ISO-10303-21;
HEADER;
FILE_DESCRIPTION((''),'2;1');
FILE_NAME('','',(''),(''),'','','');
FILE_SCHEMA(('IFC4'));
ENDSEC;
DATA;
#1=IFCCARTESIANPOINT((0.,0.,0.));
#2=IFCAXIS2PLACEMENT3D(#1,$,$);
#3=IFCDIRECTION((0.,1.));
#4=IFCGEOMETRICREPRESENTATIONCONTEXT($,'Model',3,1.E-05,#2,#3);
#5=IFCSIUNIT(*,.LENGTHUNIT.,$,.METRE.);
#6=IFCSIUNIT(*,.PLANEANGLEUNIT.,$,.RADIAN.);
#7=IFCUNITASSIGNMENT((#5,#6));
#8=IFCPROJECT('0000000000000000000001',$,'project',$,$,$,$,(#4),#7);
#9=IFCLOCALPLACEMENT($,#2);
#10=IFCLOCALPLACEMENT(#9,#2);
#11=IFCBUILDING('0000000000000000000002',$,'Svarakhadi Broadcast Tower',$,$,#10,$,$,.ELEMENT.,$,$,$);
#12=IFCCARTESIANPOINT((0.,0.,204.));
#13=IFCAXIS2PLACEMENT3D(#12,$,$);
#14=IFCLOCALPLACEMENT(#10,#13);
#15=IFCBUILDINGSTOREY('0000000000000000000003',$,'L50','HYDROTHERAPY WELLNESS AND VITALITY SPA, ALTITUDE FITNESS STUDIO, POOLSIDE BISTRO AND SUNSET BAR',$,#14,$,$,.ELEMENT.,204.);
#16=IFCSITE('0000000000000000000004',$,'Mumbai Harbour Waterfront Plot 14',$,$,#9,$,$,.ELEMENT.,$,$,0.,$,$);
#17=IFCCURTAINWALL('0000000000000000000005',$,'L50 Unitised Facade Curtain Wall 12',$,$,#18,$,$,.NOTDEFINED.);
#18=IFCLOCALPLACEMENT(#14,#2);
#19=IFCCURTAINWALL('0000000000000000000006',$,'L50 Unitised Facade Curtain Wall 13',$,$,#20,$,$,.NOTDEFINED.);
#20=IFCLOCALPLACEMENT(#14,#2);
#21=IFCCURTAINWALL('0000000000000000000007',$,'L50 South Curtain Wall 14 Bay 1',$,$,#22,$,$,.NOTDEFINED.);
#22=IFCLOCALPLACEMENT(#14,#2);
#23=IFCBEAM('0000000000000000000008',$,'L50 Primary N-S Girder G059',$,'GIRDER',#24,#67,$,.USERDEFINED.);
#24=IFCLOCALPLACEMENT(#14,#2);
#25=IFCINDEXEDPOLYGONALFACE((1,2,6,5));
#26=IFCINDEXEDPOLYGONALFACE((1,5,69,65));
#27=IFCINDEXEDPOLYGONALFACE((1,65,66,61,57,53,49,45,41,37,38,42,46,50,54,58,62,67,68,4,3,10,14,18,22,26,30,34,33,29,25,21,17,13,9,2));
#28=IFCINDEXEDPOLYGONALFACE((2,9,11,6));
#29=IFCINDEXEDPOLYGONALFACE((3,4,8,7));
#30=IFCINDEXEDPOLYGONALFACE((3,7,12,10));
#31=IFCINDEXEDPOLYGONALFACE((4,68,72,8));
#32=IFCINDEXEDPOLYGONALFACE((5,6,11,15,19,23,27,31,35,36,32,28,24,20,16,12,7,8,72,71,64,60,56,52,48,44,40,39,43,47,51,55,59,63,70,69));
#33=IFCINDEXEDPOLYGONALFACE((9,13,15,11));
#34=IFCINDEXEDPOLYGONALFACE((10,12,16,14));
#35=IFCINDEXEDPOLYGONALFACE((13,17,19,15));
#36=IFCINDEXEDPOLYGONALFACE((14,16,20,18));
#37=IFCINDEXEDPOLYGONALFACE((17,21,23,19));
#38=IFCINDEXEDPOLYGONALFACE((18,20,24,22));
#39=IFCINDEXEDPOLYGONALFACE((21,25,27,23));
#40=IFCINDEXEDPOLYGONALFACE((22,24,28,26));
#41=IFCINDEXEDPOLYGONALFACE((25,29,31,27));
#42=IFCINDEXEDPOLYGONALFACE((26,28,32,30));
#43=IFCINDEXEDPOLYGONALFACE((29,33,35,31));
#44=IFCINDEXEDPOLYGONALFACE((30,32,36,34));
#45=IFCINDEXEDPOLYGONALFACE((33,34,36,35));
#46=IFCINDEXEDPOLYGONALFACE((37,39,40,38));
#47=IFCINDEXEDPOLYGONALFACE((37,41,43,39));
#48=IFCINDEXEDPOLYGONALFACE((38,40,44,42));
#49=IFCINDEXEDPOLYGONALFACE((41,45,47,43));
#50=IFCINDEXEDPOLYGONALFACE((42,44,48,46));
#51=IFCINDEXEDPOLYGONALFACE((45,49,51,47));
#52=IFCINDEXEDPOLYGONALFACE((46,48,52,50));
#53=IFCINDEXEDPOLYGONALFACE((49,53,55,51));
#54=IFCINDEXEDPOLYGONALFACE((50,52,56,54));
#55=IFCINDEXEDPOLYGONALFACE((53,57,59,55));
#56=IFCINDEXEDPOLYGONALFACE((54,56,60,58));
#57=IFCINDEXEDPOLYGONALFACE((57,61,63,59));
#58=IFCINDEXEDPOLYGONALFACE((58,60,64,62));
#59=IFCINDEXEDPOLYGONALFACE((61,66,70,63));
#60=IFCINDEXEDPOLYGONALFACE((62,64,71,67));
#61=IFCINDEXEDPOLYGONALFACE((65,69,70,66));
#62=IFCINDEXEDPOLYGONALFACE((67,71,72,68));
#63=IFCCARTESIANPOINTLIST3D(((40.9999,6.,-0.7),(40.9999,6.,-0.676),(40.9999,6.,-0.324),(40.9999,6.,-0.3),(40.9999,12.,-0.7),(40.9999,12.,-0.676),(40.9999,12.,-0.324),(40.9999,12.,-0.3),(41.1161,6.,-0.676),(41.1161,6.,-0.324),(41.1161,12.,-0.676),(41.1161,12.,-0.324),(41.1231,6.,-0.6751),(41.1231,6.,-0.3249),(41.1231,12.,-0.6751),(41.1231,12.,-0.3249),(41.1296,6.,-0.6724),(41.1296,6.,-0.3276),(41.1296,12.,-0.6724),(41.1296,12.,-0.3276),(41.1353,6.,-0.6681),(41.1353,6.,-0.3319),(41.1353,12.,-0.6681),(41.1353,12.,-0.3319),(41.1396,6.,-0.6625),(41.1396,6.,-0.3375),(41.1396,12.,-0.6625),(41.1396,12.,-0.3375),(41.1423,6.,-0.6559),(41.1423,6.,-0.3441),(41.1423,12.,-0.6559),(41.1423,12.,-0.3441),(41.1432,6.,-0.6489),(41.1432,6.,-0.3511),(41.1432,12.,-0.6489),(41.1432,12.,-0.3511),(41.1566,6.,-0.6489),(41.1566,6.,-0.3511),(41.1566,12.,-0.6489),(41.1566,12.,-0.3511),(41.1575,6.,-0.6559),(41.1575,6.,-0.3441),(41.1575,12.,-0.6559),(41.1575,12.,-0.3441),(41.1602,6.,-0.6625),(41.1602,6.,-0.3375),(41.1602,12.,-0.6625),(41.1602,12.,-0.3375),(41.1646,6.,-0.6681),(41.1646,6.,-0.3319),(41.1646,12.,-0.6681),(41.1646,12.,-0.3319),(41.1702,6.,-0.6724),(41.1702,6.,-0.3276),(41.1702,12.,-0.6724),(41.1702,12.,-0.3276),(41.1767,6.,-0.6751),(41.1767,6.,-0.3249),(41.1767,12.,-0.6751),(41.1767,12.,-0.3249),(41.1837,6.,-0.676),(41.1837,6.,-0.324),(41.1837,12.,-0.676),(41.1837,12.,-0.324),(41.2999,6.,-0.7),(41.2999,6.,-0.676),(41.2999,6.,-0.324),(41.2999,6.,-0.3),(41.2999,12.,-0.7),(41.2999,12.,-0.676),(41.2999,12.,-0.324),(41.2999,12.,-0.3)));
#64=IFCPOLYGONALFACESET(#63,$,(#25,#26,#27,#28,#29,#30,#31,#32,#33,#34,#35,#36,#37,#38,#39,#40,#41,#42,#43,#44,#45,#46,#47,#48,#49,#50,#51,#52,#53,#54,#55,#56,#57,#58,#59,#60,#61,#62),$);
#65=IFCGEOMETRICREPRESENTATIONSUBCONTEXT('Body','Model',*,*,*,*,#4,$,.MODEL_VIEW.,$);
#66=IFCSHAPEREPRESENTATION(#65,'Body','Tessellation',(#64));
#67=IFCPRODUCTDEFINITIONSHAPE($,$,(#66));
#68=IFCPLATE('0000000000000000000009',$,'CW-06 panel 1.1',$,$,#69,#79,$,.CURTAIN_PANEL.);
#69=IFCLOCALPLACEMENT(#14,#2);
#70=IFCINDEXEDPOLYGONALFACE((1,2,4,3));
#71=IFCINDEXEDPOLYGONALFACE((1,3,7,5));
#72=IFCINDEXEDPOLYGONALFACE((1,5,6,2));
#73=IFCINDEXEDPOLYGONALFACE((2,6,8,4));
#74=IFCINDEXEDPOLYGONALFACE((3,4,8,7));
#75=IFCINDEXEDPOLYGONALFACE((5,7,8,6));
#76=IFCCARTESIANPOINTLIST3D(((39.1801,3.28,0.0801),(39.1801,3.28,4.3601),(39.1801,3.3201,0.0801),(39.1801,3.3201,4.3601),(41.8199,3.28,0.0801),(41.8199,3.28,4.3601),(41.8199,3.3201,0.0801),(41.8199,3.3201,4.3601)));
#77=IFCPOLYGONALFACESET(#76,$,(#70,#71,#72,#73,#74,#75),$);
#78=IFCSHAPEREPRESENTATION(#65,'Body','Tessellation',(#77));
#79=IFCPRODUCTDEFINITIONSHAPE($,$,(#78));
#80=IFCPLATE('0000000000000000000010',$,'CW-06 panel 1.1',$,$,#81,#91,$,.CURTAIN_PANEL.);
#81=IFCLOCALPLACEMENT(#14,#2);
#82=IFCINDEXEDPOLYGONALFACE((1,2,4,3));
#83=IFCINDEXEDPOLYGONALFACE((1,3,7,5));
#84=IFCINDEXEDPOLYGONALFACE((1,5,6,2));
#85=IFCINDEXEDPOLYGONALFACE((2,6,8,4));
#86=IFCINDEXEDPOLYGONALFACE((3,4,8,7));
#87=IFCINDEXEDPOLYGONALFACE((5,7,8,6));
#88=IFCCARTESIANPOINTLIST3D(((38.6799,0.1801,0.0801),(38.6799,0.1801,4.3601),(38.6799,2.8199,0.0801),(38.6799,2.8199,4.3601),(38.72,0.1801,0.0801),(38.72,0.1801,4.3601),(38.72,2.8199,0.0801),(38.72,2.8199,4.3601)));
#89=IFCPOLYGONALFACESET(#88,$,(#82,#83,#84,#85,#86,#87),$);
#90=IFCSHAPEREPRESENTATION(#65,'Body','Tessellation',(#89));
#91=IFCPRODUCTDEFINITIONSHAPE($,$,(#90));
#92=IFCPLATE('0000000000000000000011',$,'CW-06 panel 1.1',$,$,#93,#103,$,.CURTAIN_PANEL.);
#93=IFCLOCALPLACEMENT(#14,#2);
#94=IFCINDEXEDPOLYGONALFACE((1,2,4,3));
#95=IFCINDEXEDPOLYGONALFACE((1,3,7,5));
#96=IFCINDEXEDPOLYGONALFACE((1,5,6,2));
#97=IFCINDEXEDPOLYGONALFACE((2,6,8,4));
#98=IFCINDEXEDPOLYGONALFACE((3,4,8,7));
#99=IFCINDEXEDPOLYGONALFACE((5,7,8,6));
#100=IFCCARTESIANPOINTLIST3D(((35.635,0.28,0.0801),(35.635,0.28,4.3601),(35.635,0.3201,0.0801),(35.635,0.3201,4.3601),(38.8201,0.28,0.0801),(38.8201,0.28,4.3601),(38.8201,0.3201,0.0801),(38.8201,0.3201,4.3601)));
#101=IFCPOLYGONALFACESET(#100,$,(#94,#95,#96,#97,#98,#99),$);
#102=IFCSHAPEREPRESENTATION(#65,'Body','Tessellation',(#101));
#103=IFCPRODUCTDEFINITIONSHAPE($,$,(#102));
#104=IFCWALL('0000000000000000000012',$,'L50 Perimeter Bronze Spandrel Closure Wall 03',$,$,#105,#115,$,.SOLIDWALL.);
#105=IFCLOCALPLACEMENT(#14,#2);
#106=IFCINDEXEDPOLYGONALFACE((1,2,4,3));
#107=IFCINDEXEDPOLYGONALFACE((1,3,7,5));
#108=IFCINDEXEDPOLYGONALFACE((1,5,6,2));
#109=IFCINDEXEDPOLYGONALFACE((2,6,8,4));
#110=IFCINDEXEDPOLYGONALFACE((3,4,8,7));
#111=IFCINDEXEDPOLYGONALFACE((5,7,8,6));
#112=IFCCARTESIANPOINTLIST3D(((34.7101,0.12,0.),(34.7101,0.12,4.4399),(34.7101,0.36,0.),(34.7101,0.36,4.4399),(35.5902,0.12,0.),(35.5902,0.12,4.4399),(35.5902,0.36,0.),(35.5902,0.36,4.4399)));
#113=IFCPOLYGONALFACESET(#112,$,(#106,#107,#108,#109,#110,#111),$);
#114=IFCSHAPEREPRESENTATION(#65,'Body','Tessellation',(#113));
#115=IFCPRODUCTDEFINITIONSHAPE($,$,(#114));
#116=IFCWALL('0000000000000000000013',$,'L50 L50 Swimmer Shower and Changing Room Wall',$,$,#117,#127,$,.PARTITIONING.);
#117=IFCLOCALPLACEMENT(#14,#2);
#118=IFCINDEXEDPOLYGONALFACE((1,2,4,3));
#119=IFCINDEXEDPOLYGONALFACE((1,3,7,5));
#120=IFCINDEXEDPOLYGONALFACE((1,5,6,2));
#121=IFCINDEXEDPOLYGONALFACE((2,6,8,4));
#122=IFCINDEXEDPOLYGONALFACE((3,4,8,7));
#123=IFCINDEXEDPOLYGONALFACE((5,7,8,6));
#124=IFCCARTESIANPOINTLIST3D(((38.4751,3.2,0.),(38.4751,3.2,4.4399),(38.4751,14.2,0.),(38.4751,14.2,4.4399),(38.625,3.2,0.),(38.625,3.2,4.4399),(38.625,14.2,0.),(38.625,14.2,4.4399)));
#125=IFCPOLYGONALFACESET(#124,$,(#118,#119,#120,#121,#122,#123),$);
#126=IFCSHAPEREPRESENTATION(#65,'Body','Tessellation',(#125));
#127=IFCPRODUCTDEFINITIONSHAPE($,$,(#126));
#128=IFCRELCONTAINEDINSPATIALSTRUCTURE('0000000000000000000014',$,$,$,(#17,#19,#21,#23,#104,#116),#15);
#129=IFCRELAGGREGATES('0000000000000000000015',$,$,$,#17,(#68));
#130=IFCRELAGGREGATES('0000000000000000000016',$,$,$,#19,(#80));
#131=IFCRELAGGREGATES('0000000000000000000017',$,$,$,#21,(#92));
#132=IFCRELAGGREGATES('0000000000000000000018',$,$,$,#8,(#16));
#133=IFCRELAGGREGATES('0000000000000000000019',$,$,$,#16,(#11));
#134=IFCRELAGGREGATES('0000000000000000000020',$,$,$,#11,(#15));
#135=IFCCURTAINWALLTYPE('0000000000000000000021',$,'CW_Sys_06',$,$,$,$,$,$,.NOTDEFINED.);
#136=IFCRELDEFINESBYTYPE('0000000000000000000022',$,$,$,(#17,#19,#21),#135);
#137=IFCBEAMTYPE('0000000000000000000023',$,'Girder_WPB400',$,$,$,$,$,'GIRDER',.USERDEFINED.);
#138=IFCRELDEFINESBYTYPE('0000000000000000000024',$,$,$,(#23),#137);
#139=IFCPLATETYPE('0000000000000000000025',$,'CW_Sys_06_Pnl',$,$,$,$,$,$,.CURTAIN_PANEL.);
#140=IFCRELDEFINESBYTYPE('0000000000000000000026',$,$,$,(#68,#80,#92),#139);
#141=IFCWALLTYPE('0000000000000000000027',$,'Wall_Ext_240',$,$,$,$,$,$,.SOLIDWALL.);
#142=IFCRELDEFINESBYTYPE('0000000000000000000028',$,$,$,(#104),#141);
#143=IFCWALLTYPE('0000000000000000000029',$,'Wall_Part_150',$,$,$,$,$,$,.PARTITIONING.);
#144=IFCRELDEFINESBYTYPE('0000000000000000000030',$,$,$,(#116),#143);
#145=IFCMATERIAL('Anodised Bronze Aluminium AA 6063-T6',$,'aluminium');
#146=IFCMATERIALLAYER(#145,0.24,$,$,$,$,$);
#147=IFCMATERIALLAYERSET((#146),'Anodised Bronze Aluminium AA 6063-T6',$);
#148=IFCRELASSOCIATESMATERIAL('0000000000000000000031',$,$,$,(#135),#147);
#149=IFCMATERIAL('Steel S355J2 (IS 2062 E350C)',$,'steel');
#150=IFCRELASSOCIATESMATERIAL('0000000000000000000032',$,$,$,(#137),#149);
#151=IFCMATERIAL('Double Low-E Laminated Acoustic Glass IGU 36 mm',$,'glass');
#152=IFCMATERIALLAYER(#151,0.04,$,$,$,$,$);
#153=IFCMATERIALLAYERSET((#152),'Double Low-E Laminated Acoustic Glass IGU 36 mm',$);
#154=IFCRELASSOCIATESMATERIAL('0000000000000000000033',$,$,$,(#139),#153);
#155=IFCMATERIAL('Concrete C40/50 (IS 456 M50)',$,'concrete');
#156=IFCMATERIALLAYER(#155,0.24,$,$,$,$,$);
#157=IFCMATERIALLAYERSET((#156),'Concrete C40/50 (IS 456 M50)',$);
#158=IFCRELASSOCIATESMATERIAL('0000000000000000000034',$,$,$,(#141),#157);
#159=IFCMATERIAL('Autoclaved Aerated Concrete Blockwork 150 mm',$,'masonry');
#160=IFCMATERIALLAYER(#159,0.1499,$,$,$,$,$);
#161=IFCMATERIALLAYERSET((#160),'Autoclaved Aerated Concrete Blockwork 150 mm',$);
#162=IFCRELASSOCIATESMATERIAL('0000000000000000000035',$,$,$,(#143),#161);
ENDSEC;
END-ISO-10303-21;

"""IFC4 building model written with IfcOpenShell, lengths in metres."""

from ifc_helpers import new_model, si_unit, direction, frame, frame_2d, origin, origin_2d, place, context, subcontext, project, spatial, rectangle, i_section, extrude, material, layer, layer_set, material_profile, profile_set, type_object, element, aggregate, save


model = new_model("IFC4")

# Units and contexts
model_context = context("Model", 3, precision=1e-05, world=origin(), true_north=direction((0.0, 1.0)))
body_context = subcontext(model_context, "Body", "Model", "MODEL_VIEW")
ifc_project = project(units=[si_unit("LENGTHUNIT", "METRE"), si_unit("PLANEANGLEUNIT", "RADIAN")], contexts=[model_context])

# Site, building, storey
site_placement = place(None, origin())
site = spatial("IfcSite", under=ifc_project, at=site_placement, Name="Mumbai Harbour Waterfront Plot 14", CompositionType="ELEMENT", RefElevation=0.0)
building_placement = place(site_placement, origin())
building = spatial("IfcBuilding", under=site, at=building_placement, Name="Svarakhadi Broadcast Tower", CompositionType="ELEMENT")
storey_placement = place(building_placement, frame((0.0, 0.0, 204.0)))
storey = spatial("IfcBuildingStorey", under=building, at=storey_placement, Name="L50", Description="HYDROTHERAPY WELLNESS AND VITALITY SPA, ALTITUDE FITNESS STUDIO, POOLSIDE BISTRO AND SUNSET BAR", CompositionType="ELEMENT", Elevation=204.0)

# Shared definitions
ifc_material_1 = material(Name="Steel S355J2 (IS 2062 E350C)", Category="steel")

# Curtain walls
ifc_material_2 = material(Name="Anodised Bronze Aluminium AA 6063-T6", Category="aluminium")
ifc_layer_1 = layer(ifc_material_2, 0.24)
ifc_layer_set_1 = layer_set([ifc_layer_1], Name="Anodised Bronze Aluminium AA 6063-T6")
curtain_wall_type = type_object("IfcCurtainWallType", Name="CW_Sys_06", PredefinedType="NOTDEFINED", material=ifc_layer_set_1)
curtain_wall_1_placement = place(storey_placement, origin())
curtain_wall_1 = element("IfcCurtainWall", 1, at=curtain_wall_1_placement, inside=storey, type_object=curtain_wall_type, Name="L50 Unitised Facade Curtain Wall 12", PredefinedType="NOTDEFINED")
curtain_wall_2_placement = place(storey_placement, origin())
curtain_wall_2 = element("IfcCurtainWall", 2, at=curtain_wall_2_placement, inside=storey, type_object=curtain_wall_type, Name="L50 Unitised Facade Curtain Wall 13", PredefinedType="NOTDEFINED")
curtain_wall_3_placement = place(storey_placement, origin())
curtain_wall_3 = element("IfcCurtainWall", 3, at=curtain_wall_3_placement, inside=storey, type_object=curtain_wall_type, Name="L50 South Curtain Wall 14 Bay 1", PredefinedType="NOTDEFINED")

# Beam
ifc_material_profile_1 = material_profile(ifc_material_1, i_section(OverallWidth=0.3, OverallDepth=0.3999, WebThickness=0.0134, FlangeThickness=0.0239, FilletRadius=0.0271, at=origin_2d()), Name="WPB 400x300x155")
ifc_profile_set_1 = profile_set([ifc_material_profile_1], Name="Steel S355J2 (IS 2062 E350C)")
beam_type_1 = type_object("IfcBeamType", Name="Girder_WPB400", ElementType="GIRDER", PredefinedType="USERDEFINED", material=ifc_profile_set_1)
for number, where, z_axis, x_axis, name in (
    (4, (41.1499, 6.0, -0.5), (0.0, 1.0, 0.0), (-1.0, 0.0, 0.0), "L50 Primary N-S Girder G059"),
):
    element("IfcBeam", number, at=place(storey_placement, frame(where, z_axis=z_axis, x_axis=x_axis)), inside=storey, type_object=beam_type_1, Name=name, ObjectType="GIRDER", PredefinedType="USERDEFINED", context=body_context, shape_type="SweptSolid", body=[
        extrude(i_section(OverallWidth=0.3, OverallDepth=0.3999, WebThickness=0.0134, FlangeThickness=0.0239, FilletRadius=0.0271, at=origin_2d()), origin(), (0.0, 0.0, 1.0), 6.0),
    ])

# Plates
ifc_material_3 = material(Name="Double Low-E Laminated Acoustic Glass IGU 36 mm", Category="glass")
ifc_layer_2 = layer(ifc_material_3, 0.04)
ifc_layer_set_2 = layer_set([ifc_layer_2], Name="Double Low-E Laminated Acoustic Glass IGU 36 mm")
plate_type = type_object("IfcPlateType", Name="CW_Sys_06_Pnl", PredefinedType="CURTAIN_PANEL", material=ifc_layer_set_2)
plate_1_placement = place(storey_placement, frame((40.5, 3.3, 0.0801), z_axis=(0.0, 0.0, 1.0), x_axis=(-1.0, 0.0, 0.0)))
plate_1 = element("IfcPlate", 5, at=plate_1_placement, type_object=plate_type, Name="CW-06 panel 1.1", PredefinedType="CURTAIN_PANEL", context=body_context, shape_type="SweptSolid", body=[
    extrude(rectangle(XDim=2.6399, YDim=0.04, at=origin_2d()), origin(), (0.0, 0.0, 1.0), 4.28),
])
aggregate(curtain_wall_1, [plate_1])
plate_2_placement = place(storey_placement, frame((38.7, 1.5, 0.0801), z_axis=(0.0, 0.0, 1.0), x_axis=(0.0, -1.0, 0.0)))
plate_2 = element("IfcPlate", 6, at=plate_2_placement, type_object=plate_type, Name="CW-06 panel 1.1", PredefinedType="CURTAIN_PANEL", context=body_context, shape_type="SweptSolid", body=[
    extrude(rectangle(XDim=2.6399, YDim=0.04, at=origin_2d()), origin(), (0.0, 0.0, 1.0), 4.28),
])
aggregate(curtain_wall_2, [plate_2])
plate_3_placement = place(storey_placement, frame((37.2275, 0.3, 0.0801), z_axis=(0.0, 0.0, 1.0), x_axis=(-1.0, 0.0, 0.0)))
plate_3 = element("IfcPlate", 7, at=plate_3_placement, type_object=plate_type, Name="CW-06 panel 1.1", PredefinedType="CURTAIN_PANEL", context=body_context, shape_type="SweptSolid", body=[
    extrude(rectangle(XDim=3.1851, YDim=0.04, at=origin_2d()), origin(), (0.0, 0.0, 1.0), 4.28),
])
aggregate(curtain_wall_3, [plate_3])

# Walls
ifc_material_4 = material(Name="Concrete C40/50 (IS 456 M50)", Category="concrete")
ifc_layer_3 = layer(ifc_material_4, 0.24)
ifc_layer_set_3 = layer_set([ifc_layer_3], Name="Concrete C40/50 (IS 456 M50)")
wall_type_1 = type_object("IfcWallType", Name="Wall_Ext_240", PredefinedType="SOLIDWALL", material=ifc_layer_set_3)
wall_1_placement = place(storey_placement, frame((35.5901, 0.24, 0.0), z_axis=(0.0, 0.0, 1.0), x_axis=(-1.0, 0.0, 0.0)))
element("IfcWall", 8, at=wall_1_placement, inside=storey, type_object=wall_type_1, Name="L50 Perimeter Bronze Spandrel Closure Wall 03", PredefinedType="SOLIDWALL", context=body_context, shape_type="SweptSolid", body=[
    extrude(rectangle(XDim=0.8801, YDim=0.24, at=frame_2d((0.4399, 0.0))), origin(), (0.0, 0.0, 1.0), 4.4399),
])
ifc_material_5 = material(Name="Autoclaved Aerated Concrete Blockwork 150 mm", Category="masonry")
ifc_layer_4 = layer(ifc_material_5, 0.1499)
ifc_layer_set_4 = layer_set([ifc_layer_4], Name="Autoclaved Aerated Concrete Blockwork 150 mm")
wall_type_2 = type_object("IfcWallType", Name="Wall_Part_150", PredefinedType="PARTITIONING", material=ifc_layer_set_4)
wall_2_placement = place(storey_placement, frame((38.55, 3.2, 0.0), z_axis=(0.0, 0.0, 1.0), x_axis=(0.0, 1.0, 0.0)))
element("IfcWall", 9, at=wall_2_placement, inside=storey, type_object=wall_type_2, Name="L50 L50 Swimmer Shower and Changing Room Wall", PredefinedType="PARTITIONING", context=body_context, shape_type="SweptSolid", body=[
    extrude(rectangle(XDim=11.0, YDim=0.1499, at=frame_2d((5.5, 0.0))), origin(), (0.0, 0.0, 1.0), 4.4399),
])

save(model, "model.ifc")
